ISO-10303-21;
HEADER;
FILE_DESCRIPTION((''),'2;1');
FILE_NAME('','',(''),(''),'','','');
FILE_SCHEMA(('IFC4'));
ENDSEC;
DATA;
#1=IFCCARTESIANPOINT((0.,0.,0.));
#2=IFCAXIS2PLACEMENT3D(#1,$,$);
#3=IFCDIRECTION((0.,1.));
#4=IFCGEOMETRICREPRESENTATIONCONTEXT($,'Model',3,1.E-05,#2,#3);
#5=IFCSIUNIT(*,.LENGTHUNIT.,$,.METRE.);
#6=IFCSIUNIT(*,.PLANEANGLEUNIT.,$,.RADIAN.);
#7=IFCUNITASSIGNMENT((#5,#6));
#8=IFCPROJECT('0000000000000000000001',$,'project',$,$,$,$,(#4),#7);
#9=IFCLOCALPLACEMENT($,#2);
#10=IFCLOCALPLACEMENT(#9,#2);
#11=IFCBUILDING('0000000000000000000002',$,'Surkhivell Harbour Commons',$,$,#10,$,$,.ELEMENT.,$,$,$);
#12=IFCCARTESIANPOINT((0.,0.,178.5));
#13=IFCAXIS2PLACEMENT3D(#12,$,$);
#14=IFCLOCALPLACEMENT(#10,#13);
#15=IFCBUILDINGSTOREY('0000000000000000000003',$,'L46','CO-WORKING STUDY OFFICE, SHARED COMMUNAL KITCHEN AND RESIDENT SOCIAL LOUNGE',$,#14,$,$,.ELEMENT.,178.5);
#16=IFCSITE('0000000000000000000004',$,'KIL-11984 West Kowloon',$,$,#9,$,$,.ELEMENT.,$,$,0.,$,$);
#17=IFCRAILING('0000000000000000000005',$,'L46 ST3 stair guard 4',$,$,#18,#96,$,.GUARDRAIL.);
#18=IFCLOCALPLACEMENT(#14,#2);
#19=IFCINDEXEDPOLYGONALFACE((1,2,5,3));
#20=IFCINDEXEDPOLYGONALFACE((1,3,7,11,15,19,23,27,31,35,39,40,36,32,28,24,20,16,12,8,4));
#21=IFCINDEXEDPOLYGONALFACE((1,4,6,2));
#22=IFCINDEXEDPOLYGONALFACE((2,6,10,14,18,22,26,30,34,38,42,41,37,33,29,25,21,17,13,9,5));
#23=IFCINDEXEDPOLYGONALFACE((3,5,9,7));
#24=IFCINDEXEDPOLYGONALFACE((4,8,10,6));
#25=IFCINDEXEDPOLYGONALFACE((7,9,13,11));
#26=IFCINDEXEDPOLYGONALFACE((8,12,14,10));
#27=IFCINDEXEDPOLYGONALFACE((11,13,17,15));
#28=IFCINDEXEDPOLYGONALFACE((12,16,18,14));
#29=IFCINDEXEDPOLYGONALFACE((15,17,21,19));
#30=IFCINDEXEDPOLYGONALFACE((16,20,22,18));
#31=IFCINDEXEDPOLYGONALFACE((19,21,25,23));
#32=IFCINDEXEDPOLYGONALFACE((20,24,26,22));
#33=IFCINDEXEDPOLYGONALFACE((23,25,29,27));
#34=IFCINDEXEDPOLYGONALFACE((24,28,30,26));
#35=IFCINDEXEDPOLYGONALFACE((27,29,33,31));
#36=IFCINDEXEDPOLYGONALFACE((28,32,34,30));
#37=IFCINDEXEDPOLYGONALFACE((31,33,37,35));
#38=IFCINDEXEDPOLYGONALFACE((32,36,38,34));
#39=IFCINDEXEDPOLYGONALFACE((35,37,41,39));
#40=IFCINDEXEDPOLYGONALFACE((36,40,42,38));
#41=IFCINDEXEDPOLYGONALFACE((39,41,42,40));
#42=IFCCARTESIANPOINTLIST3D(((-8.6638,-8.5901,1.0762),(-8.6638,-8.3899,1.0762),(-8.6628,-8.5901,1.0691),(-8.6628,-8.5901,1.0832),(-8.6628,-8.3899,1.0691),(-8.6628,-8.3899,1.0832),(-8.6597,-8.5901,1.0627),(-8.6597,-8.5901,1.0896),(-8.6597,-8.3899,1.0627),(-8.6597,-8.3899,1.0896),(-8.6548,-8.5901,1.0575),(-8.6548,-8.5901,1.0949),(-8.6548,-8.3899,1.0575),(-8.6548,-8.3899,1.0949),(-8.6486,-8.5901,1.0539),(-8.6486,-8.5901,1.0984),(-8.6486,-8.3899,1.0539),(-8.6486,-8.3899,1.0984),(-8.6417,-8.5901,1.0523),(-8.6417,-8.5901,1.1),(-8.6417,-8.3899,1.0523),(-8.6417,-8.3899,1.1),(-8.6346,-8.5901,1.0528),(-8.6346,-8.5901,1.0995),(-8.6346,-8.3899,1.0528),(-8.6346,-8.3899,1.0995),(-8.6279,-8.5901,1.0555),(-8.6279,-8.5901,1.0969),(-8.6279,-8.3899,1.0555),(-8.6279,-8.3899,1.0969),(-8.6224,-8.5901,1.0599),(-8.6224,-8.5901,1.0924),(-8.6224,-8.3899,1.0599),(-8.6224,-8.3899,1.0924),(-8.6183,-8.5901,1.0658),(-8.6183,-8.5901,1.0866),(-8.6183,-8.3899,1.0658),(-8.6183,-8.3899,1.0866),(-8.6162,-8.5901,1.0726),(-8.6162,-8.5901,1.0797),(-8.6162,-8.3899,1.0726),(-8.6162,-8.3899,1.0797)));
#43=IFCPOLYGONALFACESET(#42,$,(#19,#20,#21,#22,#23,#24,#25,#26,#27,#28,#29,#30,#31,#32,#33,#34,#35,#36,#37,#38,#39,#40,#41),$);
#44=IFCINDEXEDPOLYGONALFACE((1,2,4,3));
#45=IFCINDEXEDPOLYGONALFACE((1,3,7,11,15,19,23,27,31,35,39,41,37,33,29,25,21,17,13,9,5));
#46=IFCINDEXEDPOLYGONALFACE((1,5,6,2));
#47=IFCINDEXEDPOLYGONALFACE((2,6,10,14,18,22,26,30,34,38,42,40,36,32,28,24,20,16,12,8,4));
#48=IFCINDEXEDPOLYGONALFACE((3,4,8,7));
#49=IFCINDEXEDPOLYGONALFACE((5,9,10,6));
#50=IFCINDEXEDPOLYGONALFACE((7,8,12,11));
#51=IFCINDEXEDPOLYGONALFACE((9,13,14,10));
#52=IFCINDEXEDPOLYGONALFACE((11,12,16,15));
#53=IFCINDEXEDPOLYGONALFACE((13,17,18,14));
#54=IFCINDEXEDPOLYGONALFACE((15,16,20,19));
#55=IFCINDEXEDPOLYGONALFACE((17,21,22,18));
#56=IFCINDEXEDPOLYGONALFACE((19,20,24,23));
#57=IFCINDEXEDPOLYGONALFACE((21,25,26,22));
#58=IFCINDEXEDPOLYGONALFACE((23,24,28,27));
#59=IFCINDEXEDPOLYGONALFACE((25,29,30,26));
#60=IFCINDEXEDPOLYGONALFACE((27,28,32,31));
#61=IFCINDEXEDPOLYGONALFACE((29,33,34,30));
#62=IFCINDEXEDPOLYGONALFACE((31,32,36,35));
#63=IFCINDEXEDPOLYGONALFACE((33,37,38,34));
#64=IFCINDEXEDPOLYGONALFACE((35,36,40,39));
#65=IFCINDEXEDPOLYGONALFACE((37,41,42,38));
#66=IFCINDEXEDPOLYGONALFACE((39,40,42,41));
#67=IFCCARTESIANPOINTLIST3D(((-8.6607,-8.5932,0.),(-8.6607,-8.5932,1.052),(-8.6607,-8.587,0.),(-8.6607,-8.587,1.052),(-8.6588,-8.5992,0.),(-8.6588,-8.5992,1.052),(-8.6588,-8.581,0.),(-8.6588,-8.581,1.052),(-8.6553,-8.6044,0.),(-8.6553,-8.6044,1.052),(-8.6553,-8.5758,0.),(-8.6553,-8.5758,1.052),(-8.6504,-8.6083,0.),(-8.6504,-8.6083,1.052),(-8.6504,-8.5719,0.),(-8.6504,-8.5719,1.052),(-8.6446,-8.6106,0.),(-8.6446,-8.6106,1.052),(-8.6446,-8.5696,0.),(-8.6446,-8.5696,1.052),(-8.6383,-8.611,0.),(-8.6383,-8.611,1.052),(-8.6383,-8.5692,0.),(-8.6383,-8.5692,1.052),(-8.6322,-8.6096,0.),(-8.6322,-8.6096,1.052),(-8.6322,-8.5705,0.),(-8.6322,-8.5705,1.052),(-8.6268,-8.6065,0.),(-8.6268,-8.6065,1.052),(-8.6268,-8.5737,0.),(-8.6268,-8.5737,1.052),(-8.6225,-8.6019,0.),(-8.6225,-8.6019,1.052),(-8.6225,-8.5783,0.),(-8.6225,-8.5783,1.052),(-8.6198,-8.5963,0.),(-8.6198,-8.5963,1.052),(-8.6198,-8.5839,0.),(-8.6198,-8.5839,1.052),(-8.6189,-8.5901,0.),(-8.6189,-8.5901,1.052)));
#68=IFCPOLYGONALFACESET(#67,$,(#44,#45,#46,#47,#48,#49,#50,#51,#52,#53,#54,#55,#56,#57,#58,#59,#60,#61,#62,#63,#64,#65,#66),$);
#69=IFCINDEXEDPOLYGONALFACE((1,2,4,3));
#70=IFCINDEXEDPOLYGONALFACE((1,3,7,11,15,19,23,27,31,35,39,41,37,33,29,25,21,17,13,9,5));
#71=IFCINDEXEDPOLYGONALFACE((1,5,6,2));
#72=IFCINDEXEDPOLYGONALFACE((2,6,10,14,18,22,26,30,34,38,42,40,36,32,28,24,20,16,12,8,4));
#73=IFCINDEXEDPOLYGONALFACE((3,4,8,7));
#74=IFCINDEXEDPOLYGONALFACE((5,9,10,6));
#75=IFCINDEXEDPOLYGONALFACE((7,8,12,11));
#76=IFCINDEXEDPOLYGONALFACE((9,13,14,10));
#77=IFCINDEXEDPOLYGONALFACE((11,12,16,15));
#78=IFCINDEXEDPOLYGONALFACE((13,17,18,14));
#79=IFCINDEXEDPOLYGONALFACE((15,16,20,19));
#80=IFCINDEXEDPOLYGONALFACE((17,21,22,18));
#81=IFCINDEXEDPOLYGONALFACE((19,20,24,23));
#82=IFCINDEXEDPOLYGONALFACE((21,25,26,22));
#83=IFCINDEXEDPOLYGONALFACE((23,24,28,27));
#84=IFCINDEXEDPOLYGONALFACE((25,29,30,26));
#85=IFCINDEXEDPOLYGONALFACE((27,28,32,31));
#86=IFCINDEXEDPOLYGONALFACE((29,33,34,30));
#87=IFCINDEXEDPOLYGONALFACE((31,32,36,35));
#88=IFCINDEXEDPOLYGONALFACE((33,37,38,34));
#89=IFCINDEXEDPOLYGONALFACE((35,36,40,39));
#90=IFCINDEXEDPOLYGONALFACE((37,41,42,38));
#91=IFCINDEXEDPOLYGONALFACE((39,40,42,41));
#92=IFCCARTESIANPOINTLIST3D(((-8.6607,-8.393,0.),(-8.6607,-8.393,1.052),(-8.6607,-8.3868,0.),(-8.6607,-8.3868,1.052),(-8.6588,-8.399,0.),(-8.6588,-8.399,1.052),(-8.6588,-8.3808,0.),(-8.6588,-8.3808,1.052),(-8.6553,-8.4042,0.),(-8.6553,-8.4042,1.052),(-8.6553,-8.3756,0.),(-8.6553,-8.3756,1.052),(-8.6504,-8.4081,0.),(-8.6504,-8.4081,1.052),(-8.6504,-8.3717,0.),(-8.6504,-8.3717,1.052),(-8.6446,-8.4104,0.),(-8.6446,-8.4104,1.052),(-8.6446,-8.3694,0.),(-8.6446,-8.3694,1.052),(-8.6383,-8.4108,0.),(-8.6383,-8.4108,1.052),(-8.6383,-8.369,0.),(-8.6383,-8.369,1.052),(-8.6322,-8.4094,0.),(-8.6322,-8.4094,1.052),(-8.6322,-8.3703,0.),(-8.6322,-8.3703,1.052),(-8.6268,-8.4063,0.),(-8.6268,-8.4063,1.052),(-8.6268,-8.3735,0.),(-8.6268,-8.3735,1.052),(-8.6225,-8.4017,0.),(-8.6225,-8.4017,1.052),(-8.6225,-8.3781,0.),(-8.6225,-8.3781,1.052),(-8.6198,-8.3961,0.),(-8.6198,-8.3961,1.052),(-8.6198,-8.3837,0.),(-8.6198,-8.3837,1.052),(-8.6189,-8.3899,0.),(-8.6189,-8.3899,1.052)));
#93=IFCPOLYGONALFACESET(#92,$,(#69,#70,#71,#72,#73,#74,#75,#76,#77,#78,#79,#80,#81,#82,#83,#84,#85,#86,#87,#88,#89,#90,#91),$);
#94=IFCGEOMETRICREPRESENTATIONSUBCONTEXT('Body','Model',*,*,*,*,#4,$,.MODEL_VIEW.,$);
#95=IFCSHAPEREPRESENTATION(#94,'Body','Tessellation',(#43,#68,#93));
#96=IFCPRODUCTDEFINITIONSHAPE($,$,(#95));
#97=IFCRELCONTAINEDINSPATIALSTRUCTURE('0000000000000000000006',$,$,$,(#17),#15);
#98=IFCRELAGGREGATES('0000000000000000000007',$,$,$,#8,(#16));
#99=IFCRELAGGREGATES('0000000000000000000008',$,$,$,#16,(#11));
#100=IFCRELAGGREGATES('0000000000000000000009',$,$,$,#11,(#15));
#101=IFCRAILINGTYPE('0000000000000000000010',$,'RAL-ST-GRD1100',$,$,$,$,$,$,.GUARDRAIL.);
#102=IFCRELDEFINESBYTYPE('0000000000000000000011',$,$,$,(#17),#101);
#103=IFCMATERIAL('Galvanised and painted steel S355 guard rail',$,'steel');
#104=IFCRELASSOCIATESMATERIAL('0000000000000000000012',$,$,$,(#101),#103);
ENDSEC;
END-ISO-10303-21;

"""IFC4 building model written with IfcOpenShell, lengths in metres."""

from ifc_helpers import new_model, si_unit, direction, frame, origin, origin_2d, place, context, subcontext, project, spatial, circle, extrude, material, type_object, element, save


model = new_model("IFC4")

# Units and contexts
model_context = context("Model", 3, precision=1e-05, world=origin(), true_north=direction((0.0, 1.0)))
body_context = subcontext(model_context, "Body", "Model", "MODEL_VIEW")
ifc_project = project(units=[si_unit("LENGTHUNIT", "METRE"), si_unit("PLANEANGLEUNIT", "RADIAN")], contexts=[model_context])

# Site, building, storey
site_placement = place(None, origin())
site = spatial("IfcSite", under=ifc_project, at=site_placement, Name="KIL-11984 West Kowloon", CompositionType="ELEMENT", RefElevation=0.0)
building_placement = place(site_placement, origin())
building = spatial("IfcBuilding", under=site, at=building_placement, Name="Surkhivell Harbour Commons", CompositionType="ELEMENT")
storey_placement = place(building_placement, frame((0.0, 0.0, 178.5)))
storey = spatial("IfcBuildingStorey", under=building, at=storey_placement, Name="L46", Description="CO-WORKING STUDY OFFICE, SHARED COMMUNAL KITCHEN AND RESIDENT SOCIAL LOUNGE", CompositionType="ELEMENT", Elevation=178.5)

# Railing
ifc_material_1 = material(Name="Galvanised and painted steel S355 guard rail", Category="steel")
railing_type_1 = type_object("IfcRailingType", Name="RAL-ST-GRD1100", PredefinedType="GUARDRAIL", material=ifc_material_1)
railing_1_placement = place(storey_placement, frame((-8.6399, -8.5901, 0.0)))
element("IfcRailing", 1, at=railing_1_placement, inside=storey, type_object=railing_type_1, Name="L46 ST3 stair guard 4", PredefinedType="GUARDRAIL", context=body_context, shape_type="SweptSolid", body=[
    extrude(circle(Radius=0.0239, at=origin_2d()), frame((0.0, 0.0, 1.0762), z_axis=(0.0, 1.0, 0.0), x_axis=(-1.0, 0.0, 0.0)), (0.0, 0.0, 1.0), 0.2002),
    extrude(circle(Radius=0.021, at=origin_2d()), origin(), (0.0, 0.0, 1.0), 1.052),
    extrude(circle(Radius=0.021, at=origin_2d()), frame((0.0, 0.2002, 0.0)), (0.0, 0.0, 1.0), 1.052),
])

save(model, "model.ifc")
